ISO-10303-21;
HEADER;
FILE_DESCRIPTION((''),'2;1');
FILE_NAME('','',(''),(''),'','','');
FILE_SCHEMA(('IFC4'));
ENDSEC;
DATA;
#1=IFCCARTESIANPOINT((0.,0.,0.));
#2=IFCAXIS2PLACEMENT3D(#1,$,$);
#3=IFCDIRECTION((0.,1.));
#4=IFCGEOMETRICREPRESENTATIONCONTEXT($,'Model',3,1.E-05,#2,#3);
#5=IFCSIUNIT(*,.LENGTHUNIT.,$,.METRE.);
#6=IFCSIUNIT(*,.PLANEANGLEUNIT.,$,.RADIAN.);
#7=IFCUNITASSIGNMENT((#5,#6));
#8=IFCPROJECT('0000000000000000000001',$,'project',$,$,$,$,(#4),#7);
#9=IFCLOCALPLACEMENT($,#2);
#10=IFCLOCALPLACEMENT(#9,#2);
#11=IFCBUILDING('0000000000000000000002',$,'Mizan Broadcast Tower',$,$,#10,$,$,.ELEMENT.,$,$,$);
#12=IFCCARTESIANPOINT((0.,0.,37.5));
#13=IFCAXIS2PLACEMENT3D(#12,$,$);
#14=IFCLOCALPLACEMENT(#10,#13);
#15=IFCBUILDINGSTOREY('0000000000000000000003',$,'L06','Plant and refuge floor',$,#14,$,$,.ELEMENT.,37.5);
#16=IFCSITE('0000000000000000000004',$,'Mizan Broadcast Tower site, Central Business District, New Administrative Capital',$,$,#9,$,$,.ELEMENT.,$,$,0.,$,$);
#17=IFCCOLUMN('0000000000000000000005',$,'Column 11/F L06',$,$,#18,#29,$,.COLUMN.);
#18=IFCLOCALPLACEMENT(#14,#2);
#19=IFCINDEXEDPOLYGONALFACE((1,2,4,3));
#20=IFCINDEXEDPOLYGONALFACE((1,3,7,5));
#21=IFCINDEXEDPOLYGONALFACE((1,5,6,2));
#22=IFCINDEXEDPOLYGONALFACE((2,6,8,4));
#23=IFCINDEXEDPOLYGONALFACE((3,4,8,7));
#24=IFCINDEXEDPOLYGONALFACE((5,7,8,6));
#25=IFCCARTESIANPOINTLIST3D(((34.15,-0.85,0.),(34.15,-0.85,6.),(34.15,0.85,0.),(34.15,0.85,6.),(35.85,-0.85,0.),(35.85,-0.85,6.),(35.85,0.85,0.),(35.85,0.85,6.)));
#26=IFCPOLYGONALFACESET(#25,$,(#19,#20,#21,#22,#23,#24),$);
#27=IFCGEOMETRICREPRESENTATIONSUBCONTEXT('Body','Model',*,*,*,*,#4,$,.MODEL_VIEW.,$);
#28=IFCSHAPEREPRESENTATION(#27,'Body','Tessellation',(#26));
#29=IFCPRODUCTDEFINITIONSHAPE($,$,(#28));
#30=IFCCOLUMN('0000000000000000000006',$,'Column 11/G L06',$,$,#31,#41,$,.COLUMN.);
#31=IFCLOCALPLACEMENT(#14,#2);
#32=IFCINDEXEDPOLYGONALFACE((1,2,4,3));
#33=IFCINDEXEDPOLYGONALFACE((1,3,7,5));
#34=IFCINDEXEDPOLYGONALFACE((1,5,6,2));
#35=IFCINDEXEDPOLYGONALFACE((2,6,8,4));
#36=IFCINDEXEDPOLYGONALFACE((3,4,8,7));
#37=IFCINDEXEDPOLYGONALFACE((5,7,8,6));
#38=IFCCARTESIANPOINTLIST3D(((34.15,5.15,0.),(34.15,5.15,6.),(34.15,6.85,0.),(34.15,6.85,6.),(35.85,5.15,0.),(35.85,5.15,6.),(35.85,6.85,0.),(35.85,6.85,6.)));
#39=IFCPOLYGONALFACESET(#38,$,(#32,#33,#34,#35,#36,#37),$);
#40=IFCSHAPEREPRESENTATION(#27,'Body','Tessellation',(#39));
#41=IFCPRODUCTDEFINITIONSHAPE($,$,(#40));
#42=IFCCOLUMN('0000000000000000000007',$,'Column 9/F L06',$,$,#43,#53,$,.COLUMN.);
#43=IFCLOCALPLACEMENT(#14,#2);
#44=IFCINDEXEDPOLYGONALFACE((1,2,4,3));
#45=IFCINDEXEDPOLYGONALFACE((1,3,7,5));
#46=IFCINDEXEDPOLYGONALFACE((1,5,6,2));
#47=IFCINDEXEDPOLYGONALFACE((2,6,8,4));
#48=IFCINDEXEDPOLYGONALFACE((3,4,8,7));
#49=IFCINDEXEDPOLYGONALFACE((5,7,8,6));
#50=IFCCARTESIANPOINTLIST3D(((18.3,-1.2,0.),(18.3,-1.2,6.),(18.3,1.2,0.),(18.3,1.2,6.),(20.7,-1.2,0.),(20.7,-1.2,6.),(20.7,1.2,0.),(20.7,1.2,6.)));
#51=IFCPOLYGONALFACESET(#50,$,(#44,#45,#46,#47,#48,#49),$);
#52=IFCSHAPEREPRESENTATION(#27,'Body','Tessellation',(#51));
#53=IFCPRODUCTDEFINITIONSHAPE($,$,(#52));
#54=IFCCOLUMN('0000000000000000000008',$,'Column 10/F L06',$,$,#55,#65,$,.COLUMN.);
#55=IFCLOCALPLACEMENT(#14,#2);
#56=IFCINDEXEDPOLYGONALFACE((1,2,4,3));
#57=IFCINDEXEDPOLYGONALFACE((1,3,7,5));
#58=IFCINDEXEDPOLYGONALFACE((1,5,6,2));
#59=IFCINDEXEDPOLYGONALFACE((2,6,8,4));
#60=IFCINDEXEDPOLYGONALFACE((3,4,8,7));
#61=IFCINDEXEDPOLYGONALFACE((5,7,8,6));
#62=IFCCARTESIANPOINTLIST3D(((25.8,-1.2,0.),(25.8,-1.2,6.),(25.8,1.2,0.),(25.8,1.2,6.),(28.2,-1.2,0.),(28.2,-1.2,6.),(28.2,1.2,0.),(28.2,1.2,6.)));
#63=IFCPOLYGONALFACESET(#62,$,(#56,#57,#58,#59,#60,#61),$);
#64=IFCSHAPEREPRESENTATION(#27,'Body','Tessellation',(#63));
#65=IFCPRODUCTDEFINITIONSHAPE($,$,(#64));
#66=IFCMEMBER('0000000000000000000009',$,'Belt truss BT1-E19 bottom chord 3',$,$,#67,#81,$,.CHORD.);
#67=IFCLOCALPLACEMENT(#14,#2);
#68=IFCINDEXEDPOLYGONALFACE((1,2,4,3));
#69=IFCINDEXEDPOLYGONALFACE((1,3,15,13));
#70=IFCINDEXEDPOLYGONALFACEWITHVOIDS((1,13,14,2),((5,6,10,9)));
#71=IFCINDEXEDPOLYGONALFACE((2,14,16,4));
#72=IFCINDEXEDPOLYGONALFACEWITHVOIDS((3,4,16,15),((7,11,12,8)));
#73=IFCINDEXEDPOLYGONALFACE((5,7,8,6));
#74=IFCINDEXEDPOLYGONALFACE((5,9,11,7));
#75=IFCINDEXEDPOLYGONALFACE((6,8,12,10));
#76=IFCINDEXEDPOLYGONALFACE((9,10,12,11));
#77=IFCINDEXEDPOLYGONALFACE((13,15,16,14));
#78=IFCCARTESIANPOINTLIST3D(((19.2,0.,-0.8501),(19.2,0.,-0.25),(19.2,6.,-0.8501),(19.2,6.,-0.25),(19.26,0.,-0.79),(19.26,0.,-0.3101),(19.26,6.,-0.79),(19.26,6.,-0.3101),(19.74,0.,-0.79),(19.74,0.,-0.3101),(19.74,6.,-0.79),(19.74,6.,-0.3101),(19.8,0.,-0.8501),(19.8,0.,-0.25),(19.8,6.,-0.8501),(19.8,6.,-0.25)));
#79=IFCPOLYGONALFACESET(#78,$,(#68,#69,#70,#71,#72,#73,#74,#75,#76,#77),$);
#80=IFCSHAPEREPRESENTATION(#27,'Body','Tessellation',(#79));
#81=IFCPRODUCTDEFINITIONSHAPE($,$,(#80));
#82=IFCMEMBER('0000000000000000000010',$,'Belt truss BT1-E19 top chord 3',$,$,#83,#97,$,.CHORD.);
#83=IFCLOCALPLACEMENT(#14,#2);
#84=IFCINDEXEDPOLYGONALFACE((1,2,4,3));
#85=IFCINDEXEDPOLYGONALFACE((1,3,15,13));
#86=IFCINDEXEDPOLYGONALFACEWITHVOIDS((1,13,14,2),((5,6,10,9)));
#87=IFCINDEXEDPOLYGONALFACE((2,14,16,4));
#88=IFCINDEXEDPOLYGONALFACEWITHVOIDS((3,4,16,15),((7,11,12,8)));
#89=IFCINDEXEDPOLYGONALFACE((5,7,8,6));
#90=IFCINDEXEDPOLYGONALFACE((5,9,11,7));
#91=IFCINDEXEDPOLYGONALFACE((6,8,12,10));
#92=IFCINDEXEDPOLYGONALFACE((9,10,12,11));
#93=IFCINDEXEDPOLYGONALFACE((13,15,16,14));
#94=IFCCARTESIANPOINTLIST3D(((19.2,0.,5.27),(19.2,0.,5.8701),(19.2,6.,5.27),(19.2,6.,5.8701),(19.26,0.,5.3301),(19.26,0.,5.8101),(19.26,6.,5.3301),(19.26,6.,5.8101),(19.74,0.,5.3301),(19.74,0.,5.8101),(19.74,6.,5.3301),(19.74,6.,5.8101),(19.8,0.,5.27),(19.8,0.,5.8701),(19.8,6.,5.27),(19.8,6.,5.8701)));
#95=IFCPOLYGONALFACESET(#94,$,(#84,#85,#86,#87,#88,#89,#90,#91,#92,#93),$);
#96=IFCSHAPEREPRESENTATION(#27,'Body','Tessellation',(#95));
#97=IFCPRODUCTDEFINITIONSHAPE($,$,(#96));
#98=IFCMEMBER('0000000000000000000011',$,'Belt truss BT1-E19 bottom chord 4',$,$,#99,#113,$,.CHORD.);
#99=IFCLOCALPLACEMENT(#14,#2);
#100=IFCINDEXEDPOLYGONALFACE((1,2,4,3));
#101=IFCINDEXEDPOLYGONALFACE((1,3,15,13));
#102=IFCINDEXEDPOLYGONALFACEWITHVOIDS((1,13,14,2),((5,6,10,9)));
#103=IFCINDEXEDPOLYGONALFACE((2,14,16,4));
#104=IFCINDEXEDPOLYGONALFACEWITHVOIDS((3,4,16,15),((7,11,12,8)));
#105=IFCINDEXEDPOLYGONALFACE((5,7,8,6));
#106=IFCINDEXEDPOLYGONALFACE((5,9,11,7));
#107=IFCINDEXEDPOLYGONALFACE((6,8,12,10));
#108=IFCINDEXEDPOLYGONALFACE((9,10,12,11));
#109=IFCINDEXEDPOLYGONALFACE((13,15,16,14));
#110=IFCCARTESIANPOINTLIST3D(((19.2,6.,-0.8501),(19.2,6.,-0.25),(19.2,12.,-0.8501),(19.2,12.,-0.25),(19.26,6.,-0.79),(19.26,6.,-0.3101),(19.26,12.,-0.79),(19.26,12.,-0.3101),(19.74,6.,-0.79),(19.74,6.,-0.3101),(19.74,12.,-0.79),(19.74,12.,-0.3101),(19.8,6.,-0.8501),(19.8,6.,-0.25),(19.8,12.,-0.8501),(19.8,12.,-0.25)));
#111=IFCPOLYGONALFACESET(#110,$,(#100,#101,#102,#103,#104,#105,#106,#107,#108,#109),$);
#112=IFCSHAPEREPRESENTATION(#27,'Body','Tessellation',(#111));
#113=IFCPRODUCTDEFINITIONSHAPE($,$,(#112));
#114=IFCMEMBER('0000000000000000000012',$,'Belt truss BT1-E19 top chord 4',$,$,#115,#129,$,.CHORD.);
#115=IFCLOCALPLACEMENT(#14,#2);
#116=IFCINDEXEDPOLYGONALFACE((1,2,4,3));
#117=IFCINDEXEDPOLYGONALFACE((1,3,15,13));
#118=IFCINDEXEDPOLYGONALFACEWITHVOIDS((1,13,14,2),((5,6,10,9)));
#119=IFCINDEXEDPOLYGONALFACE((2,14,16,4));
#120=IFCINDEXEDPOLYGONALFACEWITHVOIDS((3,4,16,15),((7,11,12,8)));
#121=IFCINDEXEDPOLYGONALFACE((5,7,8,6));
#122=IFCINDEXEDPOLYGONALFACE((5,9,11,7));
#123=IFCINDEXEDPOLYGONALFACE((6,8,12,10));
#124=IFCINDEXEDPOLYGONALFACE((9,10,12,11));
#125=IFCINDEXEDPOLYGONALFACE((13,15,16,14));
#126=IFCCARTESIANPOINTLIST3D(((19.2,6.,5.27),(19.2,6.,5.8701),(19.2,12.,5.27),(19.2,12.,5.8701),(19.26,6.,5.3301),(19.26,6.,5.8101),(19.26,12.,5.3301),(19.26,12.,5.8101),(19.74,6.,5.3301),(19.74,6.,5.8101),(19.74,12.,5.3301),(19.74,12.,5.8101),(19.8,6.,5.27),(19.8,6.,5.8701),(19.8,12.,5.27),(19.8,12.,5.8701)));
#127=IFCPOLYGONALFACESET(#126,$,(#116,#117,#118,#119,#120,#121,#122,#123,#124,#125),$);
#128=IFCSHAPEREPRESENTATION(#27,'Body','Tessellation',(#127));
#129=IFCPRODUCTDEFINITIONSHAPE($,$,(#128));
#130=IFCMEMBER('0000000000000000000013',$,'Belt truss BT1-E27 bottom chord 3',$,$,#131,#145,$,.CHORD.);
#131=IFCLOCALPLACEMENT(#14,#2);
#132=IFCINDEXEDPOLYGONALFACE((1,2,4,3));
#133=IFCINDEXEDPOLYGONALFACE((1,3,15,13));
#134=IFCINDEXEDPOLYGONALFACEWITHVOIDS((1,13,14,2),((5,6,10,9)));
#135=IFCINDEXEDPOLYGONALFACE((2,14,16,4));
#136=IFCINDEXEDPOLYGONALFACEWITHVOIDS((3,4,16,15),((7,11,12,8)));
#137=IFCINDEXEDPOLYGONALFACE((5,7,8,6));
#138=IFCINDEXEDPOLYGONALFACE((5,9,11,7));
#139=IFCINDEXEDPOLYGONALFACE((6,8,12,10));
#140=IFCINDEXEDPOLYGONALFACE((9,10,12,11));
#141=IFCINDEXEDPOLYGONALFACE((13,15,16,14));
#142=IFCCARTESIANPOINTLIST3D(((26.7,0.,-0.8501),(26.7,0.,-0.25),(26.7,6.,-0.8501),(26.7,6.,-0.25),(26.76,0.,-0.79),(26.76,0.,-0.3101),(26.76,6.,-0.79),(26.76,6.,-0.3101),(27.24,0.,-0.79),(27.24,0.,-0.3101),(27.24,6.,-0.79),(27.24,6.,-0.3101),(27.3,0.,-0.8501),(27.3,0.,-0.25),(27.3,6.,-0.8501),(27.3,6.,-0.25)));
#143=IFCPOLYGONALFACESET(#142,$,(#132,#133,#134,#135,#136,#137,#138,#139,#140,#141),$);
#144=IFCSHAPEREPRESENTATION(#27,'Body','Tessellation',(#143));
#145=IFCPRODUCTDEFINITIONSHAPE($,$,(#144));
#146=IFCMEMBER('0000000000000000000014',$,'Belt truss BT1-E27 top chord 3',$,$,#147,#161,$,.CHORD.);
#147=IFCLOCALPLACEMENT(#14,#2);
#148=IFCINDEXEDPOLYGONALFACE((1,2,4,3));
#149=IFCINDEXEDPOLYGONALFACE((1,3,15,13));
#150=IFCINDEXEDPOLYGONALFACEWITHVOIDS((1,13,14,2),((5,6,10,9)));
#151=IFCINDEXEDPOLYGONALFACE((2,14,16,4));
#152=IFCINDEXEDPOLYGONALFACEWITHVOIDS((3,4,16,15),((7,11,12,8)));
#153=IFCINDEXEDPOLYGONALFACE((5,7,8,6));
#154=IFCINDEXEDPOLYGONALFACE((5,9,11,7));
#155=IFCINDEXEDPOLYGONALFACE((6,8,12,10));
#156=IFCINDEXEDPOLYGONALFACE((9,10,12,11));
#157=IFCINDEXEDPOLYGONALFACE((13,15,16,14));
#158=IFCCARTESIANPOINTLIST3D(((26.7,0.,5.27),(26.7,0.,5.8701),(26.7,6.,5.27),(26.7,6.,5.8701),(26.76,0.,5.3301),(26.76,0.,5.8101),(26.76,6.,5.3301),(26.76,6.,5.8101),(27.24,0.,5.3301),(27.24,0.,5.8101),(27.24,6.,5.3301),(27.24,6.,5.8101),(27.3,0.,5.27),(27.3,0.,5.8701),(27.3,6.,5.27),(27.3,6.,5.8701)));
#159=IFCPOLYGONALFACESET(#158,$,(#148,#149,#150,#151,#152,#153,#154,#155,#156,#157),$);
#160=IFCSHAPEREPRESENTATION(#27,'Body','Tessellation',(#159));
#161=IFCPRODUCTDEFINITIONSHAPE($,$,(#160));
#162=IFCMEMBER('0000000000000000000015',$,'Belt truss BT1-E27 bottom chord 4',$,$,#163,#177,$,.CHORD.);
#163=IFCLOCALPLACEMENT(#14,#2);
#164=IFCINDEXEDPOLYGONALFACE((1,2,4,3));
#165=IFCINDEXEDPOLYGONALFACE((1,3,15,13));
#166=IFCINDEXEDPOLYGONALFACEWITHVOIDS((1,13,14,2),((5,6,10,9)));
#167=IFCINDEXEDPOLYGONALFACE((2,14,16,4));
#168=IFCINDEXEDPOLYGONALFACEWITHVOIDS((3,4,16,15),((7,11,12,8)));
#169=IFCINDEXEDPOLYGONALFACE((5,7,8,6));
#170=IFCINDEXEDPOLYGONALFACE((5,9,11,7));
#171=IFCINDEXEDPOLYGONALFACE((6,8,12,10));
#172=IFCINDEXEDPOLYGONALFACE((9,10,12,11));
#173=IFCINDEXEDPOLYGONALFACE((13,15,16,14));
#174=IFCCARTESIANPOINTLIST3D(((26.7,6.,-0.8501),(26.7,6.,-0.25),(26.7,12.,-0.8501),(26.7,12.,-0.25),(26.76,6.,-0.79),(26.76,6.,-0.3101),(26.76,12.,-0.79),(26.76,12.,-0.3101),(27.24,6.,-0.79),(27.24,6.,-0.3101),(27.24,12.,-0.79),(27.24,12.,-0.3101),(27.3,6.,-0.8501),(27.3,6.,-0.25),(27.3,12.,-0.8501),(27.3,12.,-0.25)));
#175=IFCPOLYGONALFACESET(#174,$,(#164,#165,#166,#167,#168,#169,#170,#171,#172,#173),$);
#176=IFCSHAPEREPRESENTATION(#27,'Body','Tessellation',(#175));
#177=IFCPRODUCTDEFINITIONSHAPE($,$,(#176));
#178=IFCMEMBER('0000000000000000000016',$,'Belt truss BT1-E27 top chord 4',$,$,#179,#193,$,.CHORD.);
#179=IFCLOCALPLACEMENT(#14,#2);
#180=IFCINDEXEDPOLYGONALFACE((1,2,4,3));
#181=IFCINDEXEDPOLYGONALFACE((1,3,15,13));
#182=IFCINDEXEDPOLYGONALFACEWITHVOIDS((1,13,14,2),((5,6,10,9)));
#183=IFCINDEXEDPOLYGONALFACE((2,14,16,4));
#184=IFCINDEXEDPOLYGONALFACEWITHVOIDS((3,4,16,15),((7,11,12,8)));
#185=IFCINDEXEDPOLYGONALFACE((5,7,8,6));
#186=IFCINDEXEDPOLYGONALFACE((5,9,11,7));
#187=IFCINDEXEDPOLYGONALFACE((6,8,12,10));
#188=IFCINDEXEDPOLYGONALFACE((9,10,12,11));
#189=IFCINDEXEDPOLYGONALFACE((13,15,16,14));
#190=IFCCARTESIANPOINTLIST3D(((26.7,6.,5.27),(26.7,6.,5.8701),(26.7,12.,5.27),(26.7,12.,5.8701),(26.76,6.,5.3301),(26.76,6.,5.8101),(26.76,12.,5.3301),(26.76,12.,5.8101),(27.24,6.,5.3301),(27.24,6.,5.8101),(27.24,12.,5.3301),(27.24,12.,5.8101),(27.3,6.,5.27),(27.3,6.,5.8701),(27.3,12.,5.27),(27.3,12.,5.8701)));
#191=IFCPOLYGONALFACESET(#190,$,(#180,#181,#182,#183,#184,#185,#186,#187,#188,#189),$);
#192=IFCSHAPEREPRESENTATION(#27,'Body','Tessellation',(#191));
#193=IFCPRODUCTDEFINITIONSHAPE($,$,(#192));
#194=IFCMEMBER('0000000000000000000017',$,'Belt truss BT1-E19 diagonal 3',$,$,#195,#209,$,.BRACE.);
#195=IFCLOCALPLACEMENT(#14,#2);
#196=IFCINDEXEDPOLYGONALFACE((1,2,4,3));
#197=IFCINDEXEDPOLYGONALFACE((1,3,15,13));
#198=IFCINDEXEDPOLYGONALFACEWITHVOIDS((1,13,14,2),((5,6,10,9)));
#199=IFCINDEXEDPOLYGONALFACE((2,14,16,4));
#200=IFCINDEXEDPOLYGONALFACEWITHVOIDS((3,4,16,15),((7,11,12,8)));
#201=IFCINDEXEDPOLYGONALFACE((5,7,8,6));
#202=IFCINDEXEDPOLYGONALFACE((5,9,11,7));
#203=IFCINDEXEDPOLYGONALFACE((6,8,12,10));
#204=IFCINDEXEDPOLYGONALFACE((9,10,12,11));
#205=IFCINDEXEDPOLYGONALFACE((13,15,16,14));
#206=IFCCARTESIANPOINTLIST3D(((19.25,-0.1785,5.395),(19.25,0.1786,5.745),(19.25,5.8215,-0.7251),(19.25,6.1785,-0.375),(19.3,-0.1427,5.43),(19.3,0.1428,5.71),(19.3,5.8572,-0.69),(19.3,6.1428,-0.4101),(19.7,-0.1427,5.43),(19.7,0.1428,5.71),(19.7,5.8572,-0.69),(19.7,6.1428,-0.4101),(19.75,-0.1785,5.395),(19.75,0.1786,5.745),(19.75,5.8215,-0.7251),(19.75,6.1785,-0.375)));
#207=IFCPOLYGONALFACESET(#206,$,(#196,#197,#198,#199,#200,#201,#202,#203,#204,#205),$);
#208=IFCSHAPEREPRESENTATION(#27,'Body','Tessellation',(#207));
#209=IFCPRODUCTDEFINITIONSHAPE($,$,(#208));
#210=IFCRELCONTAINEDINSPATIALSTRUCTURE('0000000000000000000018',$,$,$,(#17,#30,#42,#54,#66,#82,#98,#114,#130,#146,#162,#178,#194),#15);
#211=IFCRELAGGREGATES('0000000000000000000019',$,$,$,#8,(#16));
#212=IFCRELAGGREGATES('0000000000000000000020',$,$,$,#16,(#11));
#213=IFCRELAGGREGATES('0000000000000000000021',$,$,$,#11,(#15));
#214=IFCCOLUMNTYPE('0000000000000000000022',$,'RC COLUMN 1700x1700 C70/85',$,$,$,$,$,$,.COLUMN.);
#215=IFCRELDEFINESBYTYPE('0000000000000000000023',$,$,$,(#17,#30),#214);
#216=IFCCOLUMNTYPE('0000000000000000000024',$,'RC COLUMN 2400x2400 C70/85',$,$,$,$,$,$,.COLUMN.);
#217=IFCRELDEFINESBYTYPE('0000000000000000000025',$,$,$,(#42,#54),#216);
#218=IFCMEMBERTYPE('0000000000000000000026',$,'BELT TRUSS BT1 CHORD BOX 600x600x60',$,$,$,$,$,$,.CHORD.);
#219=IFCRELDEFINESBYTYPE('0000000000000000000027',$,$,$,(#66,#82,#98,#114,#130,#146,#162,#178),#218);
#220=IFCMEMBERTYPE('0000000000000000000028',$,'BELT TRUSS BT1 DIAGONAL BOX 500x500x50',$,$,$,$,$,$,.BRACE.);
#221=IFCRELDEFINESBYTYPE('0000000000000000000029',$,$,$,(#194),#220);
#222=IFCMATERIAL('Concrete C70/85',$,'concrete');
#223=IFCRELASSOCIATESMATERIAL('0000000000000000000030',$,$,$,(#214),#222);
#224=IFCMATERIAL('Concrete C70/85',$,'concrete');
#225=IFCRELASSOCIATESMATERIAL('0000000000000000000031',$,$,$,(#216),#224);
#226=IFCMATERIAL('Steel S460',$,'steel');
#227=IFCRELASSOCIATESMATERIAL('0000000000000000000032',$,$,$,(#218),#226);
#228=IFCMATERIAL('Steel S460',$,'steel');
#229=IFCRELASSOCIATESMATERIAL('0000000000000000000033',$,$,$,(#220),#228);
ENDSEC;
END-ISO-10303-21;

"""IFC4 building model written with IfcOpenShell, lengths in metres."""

from ifc_helpers import new_model, si_unit, direction, frame, origin, origin_2d, place, context, subcontext, project, spatial, rectangle, hollow_rectangle, extrude, material, material_profile, profile_set, type_object, element, save


model = new_model("IFC4")

# Units and contexts
model_context = context("Model", 3, precision=1e-05, world=origin(), true_north=direction((0.0, 1.0)))
body_context = subcontext(model_context, "Body", "Model", "MODEL_VIEW")
ifc_project = project(units=[si_unit("LENGTHUNIT", "METRE"), si_unit("PLANEANGLEUNIT", "RADIAN")], contexts=[model_context])

# Site, building, storey
site_placement = place(None, origin())
site = spatial("IfcSite", under=ifc_project, at=site_placement, Name="Mizan Broadcast Tower site, Central Business District, New Administrative Capital", CompositionType="ELEMENT", RefElevation=0.0)
building_placement = place(site_placement, origin())
building = spatial("IfcBuilding", under=site, at=building_placement, Name="Mizan Broadcast Tower", CompositionType="ELEMENT")
storey_placement = place(building_placement, frame((0.0, 0.0, 37.5)))
storey = spatial("IfcBuildingStorey", under=building, at=storey_placement, Name="L06", Description="Plant and refuge floor", CompositionType="ELEMENT", Elevation=37.5)

# Columns
ifc_material_1 = material(Name="Concrete C70/85", Category="concrete")
ifc_material_profile_1 = material_profile(ifc_material_1, rectangle(XDim=1.7, YDim=1.7, at=origin_2d()), Name="RC 1700x1700")
ifc_profile_set_1 = profile_set([ifc_material_profile_1], Name="Concrete C70/85")
column_type_1 = type_object("IfcColumnType", Name="RC COLUMN 1700x1700 C70/85", PredefinedType="COLUMN", material=ifc_profile_set_1)
for number, where, z_axis, x_axis, name in (
    (1, (35.0, 0.0, 0.0), (0.0, 0.0, 1.0), (1.0, 0.0, 0.0), "Column 11/F L06"),
    (2, (35.0, 6.0, 0.0), (0.0, 0.0, 1.0), (1.0, 0.0, 0.0), "Column 11/G L06"),
):
    element("IfcColumn", number, at=place(storey_placement, frame(where, z_axis=z_axis, x_axis=x_axis)), inside=storey, type_object=column_type_1, Name=name, PredefinedType="COLUMN", context=body_context, shape_type="SweptSolid", body=[
        extrude(rectangle(XDim=1.7, YDim=1.7, at=origin_2d()), origin(), (0.0, 0.0, 1.0), 6.0),
    ])
ifc_material_2 = material(Name="Concrete C70/85", Category="concrete")
ifc_material_profile_2 = material_profile(ifc_material_2, rectangle(XDim=2.3999, YDim=2.3999, at=origin_2d()), Name="RC 2400x2400")
ifc_profile_set_2 = profile_set([ifc_material_profile_2], Name="Concrete C70/85")
column_type_2 = type_object("IfcColumnType", Name="RC COLUMN 2400x2400 C70/85", PredefinedType="COLUMN", material=ifc_profile_set_2)
for number, where, z_axis, x_axis, name in (
    (3, (19.5, 0.0, 0.0), (0.0, 0.0, 1.0), (1.0, 0.0, 0.0), "Column 9/F L06"),
    (4, (27.0, 0.0, 0.0), (0.0, 0.0, 1.0), (1.0, 0.0, 0.0), "Column 10/F L06"),
):
    element("IfcColumn", number, at=place(storey_placement, frame(where, z_axis=z_axis, x_axis=x_axis)), inside=storey, type_object=column_type_2, Name=name, PredefinedType="COLUMN", context=body_context, shape_type="SweptSolid", body=[
        extrude(rectangle(XDim=2.3999, YDim=2.3999, at=origin_2d()), origin(), (0.0, 0.0, 1.0), 6.0),
    ])

# Members
ifc_material_3 = material(Name="Steel S460", Category="steel")
ifc_material_profile_3 = material_profile(ifc_material_3, hollow_rectangle(XDim=0.6001, YDim=0.6001, WallThickness=0.0601, at=origin_2d()), Name="BOX 600x600x60")
ifc_profile_set_3 = profile_set([ifc_material_profile_3], Name="Steel S460")
member_type_1 = type_object("IfcMemberType", Name="BELT TRUSS BT1 CHORD BOX 600x600x60", PredefinedType="CHORD", material=ifc_profile_set_3)
for number, where, z_axis, x_axis, name in (
    (5, (19.5, 0.0, -0.55), (0.0, 1.0, 0.0), (-1.0, 0.0, 0.0), "Belt truss BT1-E19 bottom chord 3"),
    (6, (19.5, 0.0, 5.5701), (0.0, 1.0, 0.0), (-1.0, 0.0, 0.0), "Belt truss BT1-E19 top chord 3"),
    (7, (19.5, 6.0, -0.55), (0.0, 1.0, 0.0), (-1.0, 0.0, 0.0), "Belt truss BT1-E19 bottom chord 4"),
    (8, (19.5, 6.0, 5.5701), (0.0, 1.0, 0.0), (-1.0, 0.0, 0.0), "Belt truss BT1-E19 top chord 4"),
    (9, (27.0, 0.0, -0.55), (0.0, 1.0, 0.0), (-1.0, 0.0, 0.0), "Belt truss BT1-E27 bottom chord 3"),
    (10, (27.0, 0.0, 5.5701), (0.0, 1.0, 0.0), (-1.0, 0.0, 0.0), "Belt truss BT1-E27 top chord 3"),
    (11, (27.0, 6.0, -0.55), (0.0, 1.0, 0.0), (-1.0, 0.0, 0.0), "Belt truss BT1-E27 bottom chord 4"),
    (12, (27.0, 6.0, 5.5701), (0.0, 1.0, 0.0), (-1.0, 0.0, 0.0), "Belt truss BT1-E27 top chord 4"),
):
    element("IfcMember", number, at=place(storey_placement, frame(where, z_axis=z_axis, x_axis=x_axis)), inside=storey, type_object=member_type_1, Name=name, PredefinedType="CHORD", context=body_context, shape_type="SweptSolid", body=[
        extrude(hollow_rectangle(XDim=0.6001, YDim=0.6001, WallThickness=0.0601, at=origin_2d()), origin(), (0.0, 0.0, 1.0), 6.0),
    ])
ifc_material_4 = material(Name="Steel S460", Category="steel")
ifc_material_profile_4 = material_profile(ifc_material_4, hollow_rectangle(XDim=0.5, YDim=0.5, WallThickness=0.05, at=origin_2d()), Name="BOX 500x500x50")
ifc_profile_set_4 = profile_set([ifc_material_profile_4], Name="Steel S460")
member_type_2 = type_object("IfcMemberType", Name="BELT TRUSS BT1 DIAGONAL BOX 500x500x50", PredefinedType="BRACE", material=ifc_profile_set_4)
for number, where, z_axis, x_axis, name in (
    (13, (19.5, 6.0, -0.55), (0.0, -0.700065, 0.71408), (1.0, 0.0, 0.0), "Belt truss BT1-E19 diagonal 3"),
):
    element("IfcMember", number, at=place(storey_placement, frame(where, z_axis=z_axis, x_axis=x_axis)), inside=storey, type_object=member_type_2, Name=name, PredefinedType="BRACE", context=body_context, shape_type="SweptSolid", body=[
        extrude(hollow_rectangle(XDim=0.5, YDim=0.5, WallThickness=0.05, at=origin_2d()), origin(), (0.0, 0.0, 1.0), 8.5706),
    ])

save(model, "model.ifc")
